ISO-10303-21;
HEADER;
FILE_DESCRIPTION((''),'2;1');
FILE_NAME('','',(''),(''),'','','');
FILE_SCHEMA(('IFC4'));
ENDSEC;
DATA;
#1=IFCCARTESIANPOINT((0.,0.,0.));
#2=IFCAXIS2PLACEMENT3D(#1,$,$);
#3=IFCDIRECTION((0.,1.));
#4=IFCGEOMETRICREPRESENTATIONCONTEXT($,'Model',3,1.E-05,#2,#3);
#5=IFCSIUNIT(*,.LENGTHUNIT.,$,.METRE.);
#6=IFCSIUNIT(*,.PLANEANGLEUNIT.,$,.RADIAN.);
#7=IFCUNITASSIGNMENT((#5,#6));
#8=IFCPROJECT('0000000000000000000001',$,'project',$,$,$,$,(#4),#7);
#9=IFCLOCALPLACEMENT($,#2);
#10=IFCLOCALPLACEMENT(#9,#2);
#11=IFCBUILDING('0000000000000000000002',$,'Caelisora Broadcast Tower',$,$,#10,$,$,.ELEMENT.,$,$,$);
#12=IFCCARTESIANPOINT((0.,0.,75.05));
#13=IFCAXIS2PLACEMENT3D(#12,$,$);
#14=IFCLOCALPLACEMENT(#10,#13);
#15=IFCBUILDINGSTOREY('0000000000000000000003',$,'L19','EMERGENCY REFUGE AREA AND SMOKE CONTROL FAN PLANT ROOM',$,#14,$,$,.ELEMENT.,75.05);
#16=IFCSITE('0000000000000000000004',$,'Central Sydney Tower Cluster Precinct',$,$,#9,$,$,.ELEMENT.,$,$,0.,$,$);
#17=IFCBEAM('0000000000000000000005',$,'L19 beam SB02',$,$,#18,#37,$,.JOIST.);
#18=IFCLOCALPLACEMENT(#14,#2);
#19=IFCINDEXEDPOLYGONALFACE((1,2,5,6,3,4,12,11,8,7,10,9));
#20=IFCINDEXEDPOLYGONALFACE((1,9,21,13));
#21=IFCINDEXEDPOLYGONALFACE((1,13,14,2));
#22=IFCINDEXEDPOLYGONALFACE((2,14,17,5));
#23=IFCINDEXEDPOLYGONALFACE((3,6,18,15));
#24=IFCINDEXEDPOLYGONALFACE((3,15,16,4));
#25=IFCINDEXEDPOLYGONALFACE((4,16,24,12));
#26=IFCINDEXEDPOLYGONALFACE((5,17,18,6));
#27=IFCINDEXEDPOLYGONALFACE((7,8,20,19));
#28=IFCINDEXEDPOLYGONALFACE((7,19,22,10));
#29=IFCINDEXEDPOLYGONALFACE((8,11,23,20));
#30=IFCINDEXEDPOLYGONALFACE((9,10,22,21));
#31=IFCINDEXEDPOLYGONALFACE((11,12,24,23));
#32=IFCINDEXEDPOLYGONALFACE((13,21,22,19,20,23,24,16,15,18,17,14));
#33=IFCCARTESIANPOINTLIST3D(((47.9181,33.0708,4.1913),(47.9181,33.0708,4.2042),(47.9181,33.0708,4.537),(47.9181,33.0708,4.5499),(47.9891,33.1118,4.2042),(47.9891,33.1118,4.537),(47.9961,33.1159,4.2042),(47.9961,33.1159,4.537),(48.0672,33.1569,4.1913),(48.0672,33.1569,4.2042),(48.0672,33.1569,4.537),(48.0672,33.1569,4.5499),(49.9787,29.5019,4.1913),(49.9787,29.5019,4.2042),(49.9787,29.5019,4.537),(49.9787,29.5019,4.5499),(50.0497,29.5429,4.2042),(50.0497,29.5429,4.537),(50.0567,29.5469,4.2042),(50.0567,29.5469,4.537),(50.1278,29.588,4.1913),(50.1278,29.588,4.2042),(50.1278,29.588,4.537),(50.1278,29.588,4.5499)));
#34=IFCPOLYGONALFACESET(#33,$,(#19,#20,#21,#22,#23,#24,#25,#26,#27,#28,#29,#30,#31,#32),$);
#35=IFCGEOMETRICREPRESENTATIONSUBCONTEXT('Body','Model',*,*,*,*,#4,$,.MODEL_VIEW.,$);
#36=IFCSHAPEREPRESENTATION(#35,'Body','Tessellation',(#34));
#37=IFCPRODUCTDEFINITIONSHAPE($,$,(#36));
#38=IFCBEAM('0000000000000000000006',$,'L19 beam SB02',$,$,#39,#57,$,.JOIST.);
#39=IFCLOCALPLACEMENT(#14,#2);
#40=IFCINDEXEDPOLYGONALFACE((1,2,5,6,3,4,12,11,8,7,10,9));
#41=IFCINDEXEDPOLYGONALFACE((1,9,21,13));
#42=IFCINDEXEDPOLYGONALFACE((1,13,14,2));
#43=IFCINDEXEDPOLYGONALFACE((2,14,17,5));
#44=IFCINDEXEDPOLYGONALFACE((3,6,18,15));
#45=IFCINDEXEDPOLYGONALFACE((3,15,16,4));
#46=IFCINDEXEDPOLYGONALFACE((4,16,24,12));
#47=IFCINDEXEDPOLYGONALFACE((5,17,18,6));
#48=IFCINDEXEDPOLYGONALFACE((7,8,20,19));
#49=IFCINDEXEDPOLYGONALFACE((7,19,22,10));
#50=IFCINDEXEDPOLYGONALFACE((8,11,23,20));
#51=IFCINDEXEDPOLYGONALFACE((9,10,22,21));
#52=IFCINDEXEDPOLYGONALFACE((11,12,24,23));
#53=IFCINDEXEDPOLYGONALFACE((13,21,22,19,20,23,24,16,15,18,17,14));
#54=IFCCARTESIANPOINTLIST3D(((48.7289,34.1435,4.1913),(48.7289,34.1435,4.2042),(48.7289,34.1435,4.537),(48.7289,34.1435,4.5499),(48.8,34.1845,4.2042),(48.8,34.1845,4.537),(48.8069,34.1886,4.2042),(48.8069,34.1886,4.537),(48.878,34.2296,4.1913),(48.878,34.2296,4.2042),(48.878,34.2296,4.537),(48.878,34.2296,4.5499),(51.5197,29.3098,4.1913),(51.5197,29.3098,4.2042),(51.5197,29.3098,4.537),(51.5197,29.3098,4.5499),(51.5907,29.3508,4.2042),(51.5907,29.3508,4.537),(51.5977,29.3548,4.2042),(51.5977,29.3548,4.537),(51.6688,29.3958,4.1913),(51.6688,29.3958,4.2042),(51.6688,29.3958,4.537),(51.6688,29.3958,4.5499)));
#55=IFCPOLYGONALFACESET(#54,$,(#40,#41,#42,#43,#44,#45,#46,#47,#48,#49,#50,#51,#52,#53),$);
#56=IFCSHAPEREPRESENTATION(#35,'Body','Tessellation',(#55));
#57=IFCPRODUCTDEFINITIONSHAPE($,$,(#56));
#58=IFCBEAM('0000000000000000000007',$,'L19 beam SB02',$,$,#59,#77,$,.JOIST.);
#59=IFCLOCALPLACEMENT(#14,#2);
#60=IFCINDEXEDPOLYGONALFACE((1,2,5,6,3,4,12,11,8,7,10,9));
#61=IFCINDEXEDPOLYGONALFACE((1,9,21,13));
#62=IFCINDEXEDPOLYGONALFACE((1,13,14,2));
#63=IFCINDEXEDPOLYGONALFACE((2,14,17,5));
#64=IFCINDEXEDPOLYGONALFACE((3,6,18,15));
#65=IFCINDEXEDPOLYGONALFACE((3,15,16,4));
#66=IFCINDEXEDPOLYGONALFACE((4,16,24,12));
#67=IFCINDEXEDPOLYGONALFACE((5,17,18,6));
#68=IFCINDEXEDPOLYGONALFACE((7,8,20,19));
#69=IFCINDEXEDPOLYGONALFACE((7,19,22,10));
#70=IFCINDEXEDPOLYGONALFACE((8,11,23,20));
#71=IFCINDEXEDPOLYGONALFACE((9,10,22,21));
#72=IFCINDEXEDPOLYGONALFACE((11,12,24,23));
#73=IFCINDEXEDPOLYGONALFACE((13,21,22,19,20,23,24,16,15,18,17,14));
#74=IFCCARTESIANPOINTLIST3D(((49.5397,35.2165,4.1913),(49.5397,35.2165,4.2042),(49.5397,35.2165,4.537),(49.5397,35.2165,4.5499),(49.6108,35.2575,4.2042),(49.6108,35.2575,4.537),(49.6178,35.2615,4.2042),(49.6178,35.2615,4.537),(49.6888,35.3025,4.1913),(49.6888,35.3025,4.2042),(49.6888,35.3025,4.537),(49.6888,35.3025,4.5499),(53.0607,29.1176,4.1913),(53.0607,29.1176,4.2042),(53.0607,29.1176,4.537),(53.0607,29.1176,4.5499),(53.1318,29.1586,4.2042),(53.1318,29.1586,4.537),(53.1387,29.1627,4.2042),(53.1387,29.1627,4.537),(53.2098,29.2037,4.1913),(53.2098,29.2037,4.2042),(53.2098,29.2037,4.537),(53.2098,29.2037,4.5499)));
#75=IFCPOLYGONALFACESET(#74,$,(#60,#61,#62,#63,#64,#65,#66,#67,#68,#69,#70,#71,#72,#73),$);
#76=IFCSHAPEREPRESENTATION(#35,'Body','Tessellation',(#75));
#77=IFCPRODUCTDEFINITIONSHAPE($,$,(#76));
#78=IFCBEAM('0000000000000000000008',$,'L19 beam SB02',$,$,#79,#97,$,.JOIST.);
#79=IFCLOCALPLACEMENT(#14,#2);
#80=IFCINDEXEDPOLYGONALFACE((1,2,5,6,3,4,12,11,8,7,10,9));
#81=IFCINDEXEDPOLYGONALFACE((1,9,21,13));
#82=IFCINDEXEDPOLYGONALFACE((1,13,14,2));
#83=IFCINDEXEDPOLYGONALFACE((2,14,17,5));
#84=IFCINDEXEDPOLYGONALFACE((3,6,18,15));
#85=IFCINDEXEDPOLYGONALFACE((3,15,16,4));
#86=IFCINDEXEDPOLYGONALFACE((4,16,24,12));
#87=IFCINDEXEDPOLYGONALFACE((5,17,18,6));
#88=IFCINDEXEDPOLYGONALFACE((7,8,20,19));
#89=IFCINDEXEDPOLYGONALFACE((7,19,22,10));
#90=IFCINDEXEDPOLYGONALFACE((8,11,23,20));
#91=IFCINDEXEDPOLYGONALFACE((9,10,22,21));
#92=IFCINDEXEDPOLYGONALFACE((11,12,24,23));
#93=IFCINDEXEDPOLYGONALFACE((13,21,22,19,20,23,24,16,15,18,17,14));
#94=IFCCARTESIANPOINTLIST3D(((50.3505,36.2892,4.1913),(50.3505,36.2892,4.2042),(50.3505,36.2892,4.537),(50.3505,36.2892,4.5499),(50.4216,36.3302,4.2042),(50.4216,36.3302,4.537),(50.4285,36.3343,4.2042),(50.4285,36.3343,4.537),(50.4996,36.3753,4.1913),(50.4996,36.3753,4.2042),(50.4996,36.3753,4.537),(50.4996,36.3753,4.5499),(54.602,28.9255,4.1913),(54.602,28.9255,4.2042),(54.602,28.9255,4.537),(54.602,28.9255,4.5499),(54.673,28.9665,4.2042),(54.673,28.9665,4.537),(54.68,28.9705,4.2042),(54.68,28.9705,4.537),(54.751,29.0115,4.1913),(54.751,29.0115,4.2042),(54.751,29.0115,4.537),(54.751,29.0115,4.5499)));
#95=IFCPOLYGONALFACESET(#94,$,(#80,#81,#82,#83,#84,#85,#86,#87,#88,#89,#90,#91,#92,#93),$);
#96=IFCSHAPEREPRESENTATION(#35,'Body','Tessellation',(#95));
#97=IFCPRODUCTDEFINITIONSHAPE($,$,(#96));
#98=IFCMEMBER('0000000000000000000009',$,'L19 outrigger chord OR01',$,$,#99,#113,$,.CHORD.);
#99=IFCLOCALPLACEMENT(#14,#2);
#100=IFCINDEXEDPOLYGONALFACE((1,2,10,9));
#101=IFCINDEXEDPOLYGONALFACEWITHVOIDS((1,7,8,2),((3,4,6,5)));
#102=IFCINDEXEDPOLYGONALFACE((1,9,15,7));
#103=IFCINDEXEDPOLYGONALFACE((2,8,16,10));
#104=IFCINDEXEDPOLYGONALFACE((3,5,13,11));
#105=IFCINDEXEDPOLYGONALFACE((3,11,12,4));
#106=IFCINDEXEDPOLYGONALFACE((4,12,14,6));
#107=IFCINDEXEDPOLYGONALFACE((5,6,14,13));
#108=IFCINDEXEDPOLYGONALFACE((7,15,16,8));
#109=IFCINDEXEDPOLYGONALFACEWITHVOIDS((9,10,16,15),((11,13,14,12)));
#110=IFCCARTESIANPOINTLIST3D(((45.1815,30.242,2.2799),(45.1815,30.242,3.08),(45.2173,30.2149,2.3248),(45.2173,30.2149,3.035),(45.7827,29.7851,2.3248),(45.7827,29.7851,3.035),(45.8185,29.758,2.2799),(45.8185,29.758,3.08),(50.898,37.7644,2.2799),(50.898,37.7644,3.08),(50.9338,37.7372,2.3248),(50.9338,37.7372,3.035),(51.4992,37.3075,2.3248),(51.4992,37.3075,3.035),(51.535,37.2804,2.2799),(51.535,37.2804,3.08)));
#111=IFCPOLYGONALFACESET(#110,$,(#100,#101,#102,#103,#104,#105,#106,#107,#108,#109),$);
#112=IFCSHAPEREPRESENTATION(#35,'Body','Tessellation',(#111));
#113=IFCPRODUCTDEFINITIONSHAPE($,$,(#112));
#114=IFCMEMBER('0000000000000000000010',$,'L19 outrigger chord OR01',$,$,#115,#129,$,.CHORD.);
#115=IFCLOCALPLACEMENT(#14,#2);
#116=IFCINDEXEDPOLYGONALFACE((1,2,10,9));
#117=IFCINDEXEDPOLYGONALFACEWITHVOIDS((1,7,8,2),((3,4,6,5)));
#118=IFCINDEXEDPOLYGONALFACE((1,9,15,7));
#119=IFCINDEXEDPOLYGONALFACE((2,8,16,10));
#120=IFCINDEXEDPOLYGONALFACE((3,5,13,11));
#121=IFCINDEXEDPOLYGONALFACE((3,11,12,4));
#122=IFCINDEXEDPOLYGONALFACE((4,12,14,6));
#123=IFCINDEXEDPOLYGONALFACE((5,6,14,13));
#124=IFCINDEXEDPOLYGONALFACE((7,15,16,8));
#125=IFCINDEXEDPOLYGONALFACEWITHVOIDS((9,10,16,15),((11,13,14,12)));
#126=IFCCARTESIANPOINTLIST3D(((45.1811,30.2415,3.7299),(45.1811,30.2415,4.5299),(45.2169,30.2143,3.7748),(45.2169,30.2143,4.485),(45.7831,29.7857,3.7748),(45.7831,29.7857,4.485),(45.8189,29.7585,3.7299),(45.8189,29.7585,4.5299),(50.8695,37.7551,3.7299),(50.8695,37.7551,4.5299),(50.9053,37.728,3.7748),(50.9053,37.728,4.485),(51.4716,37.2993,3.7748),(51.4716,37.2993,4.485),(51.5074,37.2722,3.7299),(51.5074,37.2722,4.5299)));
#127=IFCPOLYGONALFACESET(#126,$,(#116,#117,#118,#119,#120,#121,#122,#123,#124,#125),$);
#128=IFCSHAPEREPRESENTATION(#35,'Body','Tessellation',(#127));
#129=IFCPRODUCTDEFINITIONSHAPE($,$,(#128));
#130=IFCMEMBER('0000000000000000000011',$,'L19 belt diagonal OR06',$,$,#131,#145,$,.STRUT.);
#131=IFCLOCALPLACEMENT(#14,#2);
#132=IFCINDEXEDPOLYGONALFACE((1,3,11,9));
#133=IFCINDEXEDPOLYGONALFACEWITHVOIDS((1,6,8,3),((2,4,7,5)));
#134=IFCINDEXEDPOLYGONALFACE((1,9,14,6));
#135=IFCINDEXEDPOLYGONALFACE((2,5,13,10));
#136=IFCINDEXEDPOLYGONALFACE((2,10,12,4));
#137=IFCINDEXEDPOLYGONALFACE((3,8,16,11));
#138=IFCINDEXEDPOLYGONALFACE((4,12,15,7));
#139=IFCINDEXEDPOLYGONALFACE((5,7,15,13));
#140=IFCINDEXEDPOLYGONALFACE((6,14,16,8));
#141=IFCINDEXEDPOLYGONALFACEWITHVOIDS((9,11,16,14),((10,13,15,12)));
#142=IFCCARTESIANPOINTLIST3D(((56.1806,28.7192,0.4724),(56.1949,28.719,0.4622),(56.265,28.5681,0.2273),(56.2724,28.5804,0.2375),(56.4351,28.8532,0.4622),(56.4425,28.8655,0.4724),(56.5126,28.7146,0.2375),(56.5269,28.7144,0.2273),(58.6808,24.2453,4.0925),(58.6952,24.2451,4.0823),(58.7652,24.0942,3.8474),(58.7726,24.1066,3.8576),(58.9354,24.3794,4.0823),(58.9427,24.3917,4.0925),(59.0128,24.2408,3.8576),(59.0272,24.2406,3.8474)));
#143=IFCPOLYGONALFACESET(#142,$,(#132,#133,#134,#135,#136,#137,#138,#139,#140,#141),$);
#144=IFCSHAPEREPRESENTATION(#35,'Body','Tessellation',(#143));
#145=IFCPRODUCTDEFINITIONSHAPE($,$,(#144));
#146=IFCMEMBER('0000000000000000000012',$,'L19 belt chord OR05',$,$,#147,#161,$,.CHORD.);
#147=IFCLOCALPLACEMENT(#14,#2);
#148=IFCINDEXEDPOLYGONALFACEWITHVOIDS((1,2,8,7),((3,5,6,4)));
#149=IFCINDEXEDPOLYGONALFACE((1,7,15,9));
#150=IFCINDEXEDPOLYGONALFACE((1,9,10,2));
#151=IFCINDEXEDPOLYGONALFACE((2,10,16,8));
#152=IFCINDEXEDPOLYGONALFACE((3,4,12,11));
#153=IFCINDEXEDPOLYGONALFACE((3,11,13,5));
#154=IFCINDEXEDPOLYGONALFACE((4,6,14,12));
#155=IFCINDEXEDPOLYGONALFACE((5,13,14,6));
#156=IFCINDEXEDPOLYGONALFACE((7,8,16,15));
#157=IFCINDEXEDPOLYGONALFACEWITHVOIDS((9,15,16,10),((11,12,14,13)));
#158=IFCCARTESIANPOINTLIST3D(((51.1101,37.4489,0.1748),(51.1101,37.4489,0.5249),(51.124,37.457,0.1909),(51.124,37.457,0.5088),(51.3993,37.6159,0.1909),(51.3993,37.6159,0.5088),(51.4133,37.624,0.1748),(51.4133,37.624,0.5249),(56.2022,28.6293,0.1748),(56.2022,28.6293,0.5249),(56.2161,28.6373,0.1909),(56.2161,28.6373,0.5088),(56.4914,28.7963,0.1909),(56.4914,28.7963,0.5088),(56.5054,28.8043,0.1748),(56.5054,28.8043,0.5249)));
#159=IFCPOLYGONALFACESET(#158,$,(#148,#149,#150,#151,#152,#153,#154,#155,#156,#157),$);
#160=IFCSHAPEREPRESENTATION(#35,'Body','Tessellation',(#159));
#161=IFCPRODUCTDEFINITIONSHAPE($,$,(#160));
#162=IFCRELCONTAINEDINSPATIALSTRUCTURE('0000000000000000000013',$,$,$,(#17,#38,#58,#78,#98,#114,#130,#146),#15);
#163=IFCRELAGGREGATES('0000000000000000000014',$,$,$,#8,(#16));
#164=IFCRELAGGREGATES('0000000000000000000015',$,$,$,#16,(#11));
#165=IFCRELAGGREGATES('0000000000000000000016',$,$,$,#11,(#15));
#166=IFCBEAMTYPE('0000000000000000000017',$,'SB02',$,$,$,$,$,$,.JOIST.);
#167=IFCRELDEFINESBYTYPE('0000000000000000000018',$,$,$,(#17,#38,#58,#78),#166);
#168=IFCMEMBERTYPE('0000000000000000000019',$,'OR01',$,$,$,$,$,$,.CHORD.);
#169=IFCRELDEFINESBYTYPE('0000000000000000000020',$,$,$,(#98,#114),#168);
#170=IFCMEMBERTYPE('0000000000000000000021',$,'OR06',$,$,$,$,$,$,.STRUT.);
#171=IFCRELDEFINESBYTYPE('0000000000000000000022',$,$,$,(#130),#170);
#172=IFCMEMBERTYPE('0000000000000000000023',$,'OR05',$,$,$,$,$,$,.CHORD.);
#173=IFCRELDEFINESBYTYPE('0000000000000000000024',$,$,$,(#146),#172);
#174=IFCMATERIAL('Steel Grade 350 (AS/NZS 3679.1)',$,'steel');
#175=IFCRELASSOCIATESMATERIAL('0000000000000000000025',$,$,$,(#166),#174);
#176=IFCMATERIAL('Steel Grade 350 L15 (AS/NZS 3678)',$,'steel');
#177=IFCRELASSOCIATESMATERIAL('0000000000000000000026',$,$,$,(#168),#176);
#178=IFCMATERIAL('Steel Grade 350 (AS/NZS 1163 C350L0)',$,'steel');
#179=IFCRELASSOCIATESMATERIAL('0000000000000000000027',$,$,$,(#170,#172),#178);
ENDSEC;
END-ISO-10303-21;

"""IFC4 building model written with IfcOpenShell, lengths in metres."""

from ifc_helpers import new_model, si_unit, direction, frame, origin, origin_2d, place, context, subcontext, project, spatial, hollow_rectangle, i_section, extrude, source, transform, mapped, material, material_profile, profile_set, type_object, type_shapes, element, save


model = new_model("IFC4")

# Units and contexts
model_context = context("Model", 3, precision=1e-05, world=origin(), true_north=direction((0.0, 1.0)))
body_context = subcontext(model_context, "Body", "Model", "MODEL_VIEW")
ifc_project = project(units=[si_unit("LENGTHUNIT", "METRE"), si_unit("PLANEANGLEUNIT", "RADIAN")], contexts=[model_context])

# Site, building, storey
site_placement = place(None, origin())
site = spatial("IfcSite", under=ifc_project, at=site_placement, Name="Central Sydney Tower Cluster Precinct", CompositionType="ELEMENT", RefElevation=0.0)
building_placement = place(site_placement, origin())
building = spatial("IfcBuilding", under=site, at=building_placement, Name="Caelisora Broadcast Tower", CompositionType="ELEMENT")
storey_placement = place(building_placement, frame((0.0, 0.0, 75.05)))
storey = spatial("IfcBuildingStorey", under=building, at=storey_placement, Name="L19", Description="EMERGENCY REFUGE AREA AND SMOKE CONTROL FAN PLANT ROOM", CompositionType="ELEMENT", Elevation=75.05)

# Shared definitions
ifc_material_1 = material(Name="Steel Grade 350 (AS/NZS 3679.1)", Category="steel")
ifc_material_2 = material(Name="Steel Grade 350 L15 (AS/NZS 3678)", Category="steel")

# Beams
ifc_material_3 = material(Name="Steel Grade 350 (AS/NZS 1163 C350L0)", Category="steel")
ifc_material_profile_1 = material_profile(ifc_material_1, i_section(OverallWidth=0.1721, OverallDepth=0.3586, WebThickness=0.0081, FlangeThickness=0.0129, at=origin_2d()), Name="Steel Grade 350 (AS/NZS 3679.1)")
ifc_profile_set_1 = profile_set([ifc_material_profile_1], Name="Steel Grade 350 (AS/NZS 3679.1)")
beam_type_1 = type_object("IfcBeamType", Name="SB02", PredefinedType="JOIST", material=ifc_profile_set_1)
shared_shape_1 = source(origin(), body_context, "Body", "SweptSolid", [
    extrude(i_section(OverallWidth=0.1721, OverallDepth=0.3586, WebThickness=0.0081, FlangeThickness=0.0129, at=origin_2d()), origin(), (0.0, 0.0, 1.0), 4.1211),
])
beam_1_placement = place(storey_placement, frame((50.0532, 29.5449, 4.3706), z_axis=(-0.500013, 0.866018, 0.0), x_axis=(-0.866018, -0.500013, 0.0)))
element("IfcBeam", 1, at=beam_1_placement, inside=storey, type_object=beam_type_1, Name="L19 beam SB02", PredefinedType="JOIST", context=body_context, shape_type="MappedRepresentation", body=[
    mapped(shared_shape_1, transform((0.0, 0.0, 0.0), scale=1.0)),
])
shared_shape_2 = source(origin(), body_context, "Body", "SweptSolid", [
    extrude(i_section(OverallWidth=0.1721, OverallDepth=0.3586, WebThickness=0.0081, FlangeThickness=0.0129, at=origin_2d()), origin(), (0.0, 0.0, 1.0), 5.5815),
])
beam_2_placement = place(storey_placement, frame((51.5942, 29.3528, 4.3706), z_axis=(-0.500001, 0.866025, 0.0), x_axis=(-0.866025, -0.500001, 0.0)))
element("IfcBeam", 2, at=beam_2_placement, inside=storey, type_object=beam_type_1, Name="L19 beam SB02", PredefinedType="JOIST", context=body_context, shape_type="MappedRepresentation", body=[
    mapped(shared_shape_2, transform((0.0, 0.0, 0.0), scale=1.0)),
])
shared_shape_3 = source(origin(), body_context, "Body", "SweptSolid", [
    extrude(i_section(OverallWidth=0.1721, OverallDepth=0.3586, WebThickness=0.0081, FlangeThickness=0.0129, at=origin_2d()), origin(), (0.0, 0.0, 1.0), 7.0422),
])
beam_3_placement = place(storey_placement, frame((53.1353, 29.1606, 4.3706), z_axis=(-0.49998, 0.866037, 0.0), x_axis=(-0.866037, -0.49998, 0.0)))
element("IfcBeam", 3, at=beam_3_placement, inside=storey, type_object=beam_type_1, Name="L19 beam SB02", PredefinedType="JOIST", context=body_context, shape_type="MappedRepresentation", body=[
    mapped(shared_shape_3, transform((0.0, 0.0, 0.0), scale=1.0)),
])
shared_shape_4 = source(origin(), body_context, "Body", "SweptSolid", [
    extrude(i_section(OverallWidth=0.1721, OverallDepth=0.3586, WebThickness=0.0081, FlangeThickness=0.0129, at=origin_2d()), origin(), (0.0, 0.0, 1.0), 8.5029),
])
beam_4_placement = place(storey_placement, frame((54.6765, 28.9685, 4.3706), z_axis=(-0.499999, 0.866026, 0.0), x_axis=(-0.866026, -0.499999, 0.0)))
element("IfcBeam", 4, at=beam_4_placement, inside=storey, type_object=beam_type_1, Name="L19 beam SB02", PredefinedType="JOIST", context=body_context, shape_type="MappedRepresentation", body=[
    mapped(shared_shape_4, transform((0.0, 0.0, 0.0), scale=1.0)),
])

# Members
ifc_material_profile_2 = material_profile(ifc_material_2, hollow_rectangle(XDim=0.8, YDim=0.8, WallThickness=0.0449, at=origin_2d()), Name="Steel Grade 350 L15 (AS/NZS 3678)")
ifc_profile_set_2 = profile_set([ifc_material_profile_2], Name="Steel Grade 350 L15 (AS/NZS 3678)")
member_type_1 = type_object("IfcMemberType", Name="OR01", PredefinedType="CHORD", material=ifc_profile_set_2)
shared_shape_5 = source(origin(), body_context, "Body", "SweptSolid", [
    extrude(hollow_rectangle(XDim=0.8, YDim=0.8, WallThickness=0.0449, at=origin_2d()), origin(), (0.0, 0.0, 1.0), 9.448),
])
member_1_placement = place(storey_placement, frame((45.5, 30.0, 2.6799), z_axis=(0.605049, 0.796189, 0.0), x_axis=(-0.796189, 0.605049, 0.0)))
element("IfcMember", 5, at=member_1_placement, inside=storey, type_object=member_type_1, Name="L19 outrigger chord OR01", PredefinedType="CHORD", context=body_context, shape_type="MappedRepresentation", body=[
    mapped(shared_shape_5, transform((0.0, 0.0, 0.0), scale=1.0)),
])
shared_shape_6 = source(origin(), body_context, "Body", "SweptSolid", [
    extrude(hollow_rectangle(XDim=0.8, YDim=0.8, WallThickness=0.0449, at=origin_2d()), origin(), (0.0, 0.0, 1.0), 9.4241),
])
type_shapes(member_type_1, [shared_shape_5, shared_shape_6])
member_2_placement = place(storey_placement, frame((45.5, 30.0, 4.1299), z_axis=(0.603608, 0.797281, 0.0), x_axis=(-0.797281, 0.603608, 0.0)))
element("IfcMember", 6, at=member_2_placement, inside=storey, type_object=member_type_1, Name="L19 outrigger chord OR01", PredefinedType="CHORD", context=body_context, shape_type="MappedRepresentation", body=[
    mapped(shared_shape_6, transform((0.0, 0.0, 0.0), scale=1.0)),
])
ifc_material_profile_3 = material_profile(ifc_material_3, hollow_rectangle(XDim=0.3, YDim=0.3, WallThickness=0.0125, at=origin_2d()), Name="Steel Grade 350 (AS/NZS 1163 C350L0)")
ifc_profile_set_3 = profile_set([ifc_material_profile_3], Name="Steel Grade 350 (AS/NZS 1163 C350L0)")
member_type_2 = type_object("IfcMemberType", Name="OR06", PredefinedType="STRUT", material=ifc_profile_set_3)
shared_shape_7 = source(origin(), body_context, "Body", "SweptSolid", [
    extrude(hollow_rectangle(XDim=0.3, YDim=0.3, WallThickness=0.0125, at=origin_2d()), origin(), (0.0, 0.0, 1.0), 6.2747),
])
member_3_placement = place(storey_placement, frame((56.3538, 28.7168, 0.3499), z_axis=(0.398463, -0.713001, 0.576937), x_axis=(0.872932, 0.487842, 0.0)))
element("IfcMember", 7, at=member_3_placement, inside=storey, type_object=member_type_2, Name="L19 belt diagonal OR06", PredefinedType="STRUT", context=body_context, shape_type="MappedRepresentation", body=[
    mapped(shared_shape_7, transform((0.0, 0.0, 0.0), scale=1.0)),
])
ifc_material_profile_4 = material_profile(ifc_material_3, hollow_rectangle(XDim=0.3501, YDim=0.3501, WallThickness=0.0161, at=origin_2d()), Name="Steel Grade 350 (AS/NZS 1163 C350L0)")
ifc_profile_set_4 = profile_set([ifc_material_profile_4], Name="Steel Grade 350 (AS/NZS 1163 C350L0)")
member_type_3 = type_object("IfcMemberType", Name="OR05", PredefinedType="CHORD", material=ifc_profile_set_4)
shared_shape_8 = source(origin(), body_context, "Body", "SweptSolid", [
    extrude(hollow_rectangle(XDim=0.3501, YDim=0.3501, WallThickness=0.0161, at=origin_2d()), origin(), (0.0, 0.0, 1.0), 10.1841),
])
type_shapes(member_type_3, [shared_shape_8])
member_4_placement = place(storey_placement, frame((56.3538, 28.7168, 0.3499), z_axis=(-0.500004, 0.866023, 0.0), x_axis=(-0.866023, -0.500004, 0.0)))
element("IfcMember", 8, at=member_4_placement, inside=storey, type_object=member_type_3, Name="L19 belt chord OR05", PredefinedType="CHORD", context=body_context, shape_type="MappedRepresentation", body=[
    mapped(shared_shape_8, transform((0.0, 0.0, 0.0), scale=1.0)),
])

save(model, "model.ifc")
